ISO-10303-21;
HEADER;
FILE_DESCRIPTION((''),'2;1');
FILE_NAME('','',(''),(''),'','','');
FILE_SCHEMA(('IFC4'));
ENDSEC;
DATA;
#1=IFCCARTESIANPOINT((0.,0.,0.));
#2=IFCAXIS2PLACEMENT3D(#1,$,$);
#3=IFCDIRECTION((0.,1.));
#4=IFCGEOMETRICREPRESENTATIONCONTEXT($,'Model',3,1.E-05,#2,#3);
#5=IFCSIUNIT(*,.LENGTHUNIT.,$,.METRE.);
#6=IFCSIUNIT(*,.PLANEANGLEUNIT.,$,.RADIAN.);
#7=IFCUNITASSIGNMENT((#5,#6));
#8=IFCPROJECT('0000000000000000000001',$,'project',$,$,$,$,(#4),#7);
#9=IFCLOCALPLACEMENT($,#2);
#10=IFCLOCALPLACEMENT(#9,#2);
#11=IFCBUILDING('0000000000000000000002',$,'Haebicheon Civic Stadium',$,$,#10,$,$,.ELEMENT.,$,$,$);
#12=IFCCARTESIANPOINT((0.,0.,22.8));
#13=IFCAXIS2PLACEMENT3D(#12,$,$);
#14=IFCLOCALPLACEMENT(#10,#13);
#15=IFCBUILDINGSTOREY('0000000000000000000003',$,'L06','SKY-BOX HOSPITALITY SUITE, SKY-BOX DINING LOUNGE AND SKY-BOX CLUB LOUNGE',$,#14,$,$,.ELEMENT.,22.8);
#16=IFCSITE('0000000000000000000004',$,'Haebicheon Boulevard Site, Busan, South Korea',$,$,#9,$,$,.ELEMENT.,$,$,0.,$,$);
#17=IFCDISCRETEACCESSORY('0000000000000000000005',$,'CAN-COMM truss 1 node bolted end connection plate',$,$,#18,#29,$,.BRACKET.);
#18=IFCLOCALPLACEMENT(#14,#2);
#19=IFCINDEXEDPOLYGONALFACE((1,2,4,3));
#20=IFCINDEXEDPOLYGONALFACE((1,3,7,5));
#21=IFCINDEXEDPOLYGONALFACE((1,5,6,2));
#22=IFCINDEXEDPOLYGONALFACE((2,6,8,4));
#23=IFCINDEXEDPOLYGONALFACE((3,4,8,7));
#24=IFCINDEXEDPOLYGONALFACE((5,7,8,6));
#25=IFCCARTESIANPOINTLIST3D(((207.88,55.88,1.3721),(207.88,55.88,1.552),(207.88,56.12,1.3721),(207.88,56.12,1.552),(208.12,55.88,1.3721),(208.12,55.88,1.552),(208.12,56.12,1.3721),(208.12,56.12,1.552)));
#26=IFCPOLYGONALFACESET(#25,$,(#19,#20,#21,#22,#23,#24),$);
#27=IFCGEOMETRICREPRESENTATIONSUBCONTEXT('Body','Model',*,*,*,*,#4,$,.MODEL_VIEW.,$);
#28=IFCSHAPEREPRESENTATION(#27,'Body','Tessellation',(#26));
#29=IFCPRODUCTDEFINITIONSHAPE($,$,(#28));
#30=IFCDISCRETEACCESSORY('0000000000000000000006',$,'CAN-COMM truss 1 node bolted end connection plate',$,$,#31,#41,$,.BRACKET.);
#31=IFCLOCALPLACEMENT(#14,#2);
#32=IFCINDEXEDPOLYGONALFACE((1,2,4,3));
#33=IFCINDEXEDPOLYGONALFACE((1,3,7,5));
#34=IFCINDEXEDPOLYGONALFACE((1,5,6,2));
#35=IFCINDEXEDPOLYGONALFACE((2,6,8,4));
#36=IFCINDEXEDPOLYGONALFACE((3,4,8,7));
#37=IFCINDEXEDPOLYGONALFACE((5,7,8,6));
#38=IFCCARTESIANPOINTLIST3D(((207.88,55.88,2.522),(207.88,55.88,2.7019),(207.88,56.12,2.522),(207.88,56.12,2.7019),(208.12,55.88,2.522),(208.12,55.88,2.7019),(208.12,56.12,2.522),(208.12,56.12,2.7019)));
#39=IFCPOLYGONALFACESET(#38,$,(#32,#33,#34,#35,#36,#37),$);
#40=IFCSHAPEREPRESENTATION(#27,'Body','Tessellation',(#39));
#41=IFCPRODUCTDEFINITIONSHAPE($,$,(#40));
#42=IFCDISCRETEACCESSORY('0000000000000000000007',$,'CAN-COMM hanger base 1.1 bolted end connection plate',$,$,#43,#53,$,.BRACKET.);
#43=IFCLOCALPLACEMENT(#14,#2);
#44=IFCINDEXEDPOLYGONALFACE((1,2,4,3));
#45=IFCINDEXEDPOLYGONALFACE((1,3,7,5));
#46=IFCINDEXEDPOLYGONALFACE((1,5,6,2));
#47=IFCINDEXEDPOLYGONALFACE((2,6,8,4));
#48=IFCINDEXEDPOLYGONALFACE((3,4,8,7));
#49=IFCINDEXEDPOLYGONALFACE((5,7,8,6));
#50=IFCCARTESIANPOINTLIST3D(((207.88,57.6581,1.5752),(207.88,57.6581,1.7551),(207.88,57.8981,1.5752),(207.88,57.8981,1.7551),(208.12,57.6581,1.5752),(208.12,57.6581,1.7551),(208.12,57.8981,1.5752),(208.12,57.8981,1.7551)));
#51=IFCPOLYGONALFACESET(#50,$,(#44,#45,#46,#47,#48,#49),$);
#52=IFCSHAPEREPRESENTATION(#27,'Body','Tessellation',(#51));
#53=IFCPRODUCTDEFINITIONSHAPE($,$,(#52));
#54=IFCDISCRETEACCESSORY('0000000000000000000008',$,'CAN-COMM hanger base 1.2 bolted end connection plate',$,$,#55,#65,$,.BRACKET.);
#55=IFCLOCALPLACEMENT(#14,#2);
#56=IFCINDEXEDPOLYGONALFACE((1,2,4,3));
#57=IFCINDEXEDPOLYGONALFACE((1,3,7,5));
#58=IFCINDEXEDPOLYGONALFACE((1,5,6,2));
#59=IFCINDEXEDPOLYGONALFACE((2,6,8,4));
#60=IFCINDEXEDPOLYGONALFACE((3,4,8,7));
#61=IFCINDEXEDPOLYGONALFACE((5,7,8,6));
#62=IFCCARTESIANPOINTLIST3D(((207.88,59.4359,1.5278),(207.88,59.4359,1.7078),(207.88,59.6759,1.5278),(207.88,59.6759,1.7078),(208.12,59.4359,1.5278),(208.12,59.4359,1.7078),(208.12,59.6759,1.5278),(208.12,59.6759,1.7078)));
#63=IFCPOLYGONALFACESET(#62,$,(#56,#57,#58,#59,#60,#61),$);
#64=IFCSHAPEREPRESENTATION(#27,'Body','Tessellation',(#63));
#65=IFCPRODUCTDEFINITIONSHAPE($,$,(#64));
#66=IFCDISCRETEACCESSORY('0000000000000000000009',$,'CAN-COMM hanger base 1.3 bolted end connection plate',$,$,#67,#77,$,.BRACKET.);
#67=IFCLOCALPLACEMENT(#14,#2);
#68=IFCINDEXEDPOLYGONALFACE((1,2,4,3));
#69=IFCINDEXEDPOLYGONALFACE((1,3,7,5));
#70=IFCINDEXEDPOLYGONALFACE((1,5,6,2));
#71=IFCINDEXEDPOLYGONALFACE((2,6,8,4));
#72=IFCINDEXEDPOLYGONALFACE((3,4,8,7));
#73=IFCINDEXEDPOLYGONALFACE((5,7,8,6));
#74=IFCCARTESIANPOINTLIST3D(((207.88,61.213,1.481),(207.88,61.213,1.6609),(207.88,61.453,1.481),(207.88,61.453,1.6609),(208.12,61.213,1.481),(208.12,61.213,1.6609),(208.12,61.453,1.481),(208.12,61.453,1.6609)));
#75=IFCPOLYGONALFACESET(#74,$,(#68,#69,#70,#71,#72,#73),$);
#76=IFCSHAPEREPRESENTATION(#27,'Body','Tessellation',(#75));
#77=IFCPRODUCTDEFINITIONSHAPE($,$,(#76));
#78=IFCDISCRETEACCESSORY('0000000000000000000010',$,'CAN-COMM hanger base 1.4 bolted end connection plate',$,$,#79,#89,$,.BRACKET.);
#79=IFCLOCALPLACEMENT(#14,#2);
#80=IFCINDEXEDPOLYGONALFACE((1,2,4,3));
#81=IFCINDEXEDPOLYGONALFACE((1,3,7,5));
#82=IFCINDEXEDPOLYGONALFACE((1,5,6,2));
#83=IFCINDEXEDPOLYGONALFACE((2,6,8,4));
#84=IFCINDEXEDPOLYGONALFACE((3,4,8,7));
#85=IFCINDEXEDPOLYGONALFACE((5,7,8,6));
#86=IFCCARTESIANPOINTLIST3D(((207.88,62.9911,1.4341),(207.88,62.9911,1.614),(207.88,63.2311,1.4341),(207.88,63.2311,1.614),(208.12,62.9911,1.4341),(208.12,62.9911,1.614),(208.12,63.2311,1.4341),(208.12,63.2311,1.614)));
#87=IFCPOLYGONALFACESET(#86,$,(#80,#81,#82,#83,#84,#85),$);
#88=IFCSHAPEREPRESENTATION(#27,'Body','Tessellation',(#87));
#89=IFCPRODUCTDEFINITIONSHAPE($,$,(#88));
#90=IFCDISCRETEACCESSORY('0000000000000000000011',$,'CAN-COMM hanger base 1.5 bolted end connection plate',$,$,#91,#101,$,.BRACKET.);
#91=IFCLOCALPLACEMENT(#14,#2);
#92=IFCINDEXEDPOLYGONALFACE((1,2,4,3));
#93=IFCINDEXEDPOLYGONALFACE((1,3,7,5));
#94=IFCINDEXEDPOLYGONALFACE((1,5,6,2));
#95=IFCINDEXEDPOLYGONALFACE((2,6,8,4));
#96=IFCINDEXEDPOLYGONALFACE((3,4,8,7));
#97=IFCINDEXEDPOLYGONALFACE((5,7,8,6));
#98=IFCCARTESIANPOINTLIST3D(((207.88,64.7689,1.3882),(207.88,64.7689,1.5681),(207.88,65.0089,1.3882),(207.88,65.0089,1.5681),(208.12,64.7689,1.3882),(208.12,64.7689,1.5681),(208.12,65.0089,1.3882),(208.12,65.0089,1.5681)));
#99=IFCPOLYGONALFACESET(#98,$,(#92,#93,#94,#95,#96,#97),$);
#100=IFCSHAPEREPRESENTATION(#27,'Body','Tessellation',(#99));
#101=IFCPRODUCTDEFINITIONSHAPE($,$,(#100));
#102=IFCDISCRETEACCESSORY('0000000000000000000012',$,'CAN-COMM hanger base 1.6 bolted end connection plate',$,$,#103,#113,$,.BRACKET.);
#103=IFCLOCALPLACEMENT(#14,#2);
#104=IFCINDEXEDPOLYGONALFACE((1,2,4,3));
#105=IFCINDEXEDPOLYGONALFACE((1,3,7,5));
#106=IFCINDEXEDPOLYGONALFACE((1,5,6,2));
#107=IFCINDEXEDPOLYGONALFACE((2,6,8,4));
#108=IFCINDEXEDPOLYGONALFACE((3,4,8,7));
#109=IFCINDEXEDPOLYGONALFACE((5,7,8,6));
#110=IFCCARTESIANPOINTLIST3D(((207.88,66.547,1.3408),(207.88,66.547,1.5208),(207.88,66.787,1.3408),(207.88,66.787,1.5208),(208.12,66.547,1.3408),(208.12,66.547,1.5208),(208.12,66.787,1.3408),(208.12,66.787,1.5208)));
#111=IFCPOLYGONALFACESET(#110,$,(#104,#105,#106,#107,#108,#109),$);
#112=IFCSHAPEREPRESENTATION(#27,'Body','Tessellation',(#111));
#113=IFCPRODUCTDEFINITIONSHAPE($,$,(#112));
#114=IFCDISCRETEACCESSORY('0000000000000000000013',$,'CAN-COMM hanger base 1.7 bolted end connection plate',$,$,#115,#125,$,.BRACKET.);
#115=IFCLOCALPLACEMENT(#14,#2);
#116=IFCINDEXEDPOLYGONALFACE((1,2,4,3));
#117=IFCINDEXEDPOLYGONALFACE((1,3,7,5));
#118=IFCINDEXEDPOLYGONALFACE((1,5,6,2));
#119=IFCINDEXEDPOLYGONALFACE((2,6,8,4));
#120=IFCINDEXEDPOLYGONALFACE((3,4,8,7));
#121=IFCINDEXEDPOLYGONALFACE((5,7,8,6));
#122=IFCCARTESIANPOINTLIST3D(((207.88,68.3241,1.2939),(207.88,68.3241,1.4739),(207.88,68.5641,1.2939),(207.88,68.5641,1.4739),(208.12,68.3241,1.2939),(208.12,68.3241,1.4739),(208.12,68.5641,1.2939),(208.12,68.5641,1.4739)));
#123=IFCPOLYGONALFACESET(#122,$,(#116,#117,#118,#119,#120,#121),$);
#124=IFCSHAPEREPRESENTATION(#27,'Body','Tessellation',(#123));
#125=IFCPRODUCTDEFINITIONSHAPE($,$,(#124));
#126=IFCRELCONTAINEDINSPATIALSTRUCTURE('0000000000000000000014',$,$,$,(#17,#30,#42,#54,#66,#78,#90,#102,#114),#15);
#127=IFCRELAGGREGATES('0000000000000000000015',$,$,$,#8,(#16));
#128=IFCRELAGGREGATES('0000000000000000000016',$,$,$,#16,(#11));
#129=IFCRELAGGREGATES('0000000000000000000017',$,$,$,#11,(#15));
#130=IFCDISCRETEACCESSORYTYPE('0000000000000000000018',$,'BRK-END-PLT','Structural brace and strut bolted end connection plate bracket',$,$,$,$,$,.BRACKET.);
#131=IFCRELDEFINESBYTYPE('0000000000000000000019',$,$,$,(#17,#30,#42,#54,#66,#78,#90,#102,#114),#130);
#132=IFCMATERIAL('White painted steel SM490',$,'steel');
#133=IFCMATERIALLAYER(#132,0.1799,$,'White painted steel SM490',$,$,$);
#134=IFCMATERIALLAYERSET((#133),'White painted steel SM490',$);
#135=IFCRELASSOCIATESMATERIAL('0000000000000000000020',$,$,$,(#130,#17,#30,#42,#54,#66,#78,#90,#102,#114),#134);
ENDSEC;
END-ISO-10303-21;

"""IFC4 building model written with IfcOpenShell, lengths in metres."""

from ifc_helpers import new_model, si_unit, direction, frame, origin, origin_2d, place, context, subcontext, project, spatial, rectangle, extrude, material, layer, layer_set, type_object, element, save


model = new_model("IFC4")

# Units and contexts
model_context = context("Model", 3, precision=1e-05, world=origin(), true_north=direction((0.0, 1.0)))
body_context = subcontext(model_context, "Body", "Model", "MODEL_VIEW")
ifc_project = project(units=[si_unit("LENGTHUNIT", "METRE"), si_unit("PLANEANGLEUNIT", "RADIAN")], contexts=[model_context])

# Site, building, storey
site_placement = place(None, origin())
site = spatial("IfcSite", under=ifc_project, at=site_placement, Name="Haebicheon Boulevard Site, Busan, South Korea", CompositionType="ELEMENT", RefElevation=0.0)
building_placement = place(site_placement, origin())
building = spatial("IfcBuilding", under=site, at=building_placement, Name="Haebicheon Civic Stadium", CompositionType="ELEMENT")
storey_placement = place(building_placement, frame((0.0, 0.0, 22.8)))
storey = spatial("IfcBuildingStorey", under=building, at=storey_placement, Name="L06", Description="SKY-BOX HOSPITALITY SUITE, SKY-BOX DINING LOUNGE AND SKY-BOX CLUB LOUNGE", CompositionType="ELEMENT", Elevation=22.8)

# Discrete accessories
ifc_material_1 = material(Name="White painted steel SM490", Category="steel")
ifc_layer_1 = layer(ifc_material_1, 0.1799, Name="White painted steel SM490")
ifc_layer_set_1 = layer_set([ifc_layer_1], Name="White painted steel SM490")
discrete_accessory_type = type_object("IfcDiscreteAccessoryType", Name="BRK-END-PLT", Description="Structural brace and strut bolted end connection plate bracket", PredefinedType="BRACKET", material=ifc_layer_set_1)
for number, where, z_axis, x_axis, name in (
    (1, (208.0, 56.0, 1.3721), (0.0, 0.0, 1.0), (1.0, 0.0, 0.0), "CAN-COMM truss 1 node bolted end connection plate"),
    (2, (208.0, 56.0, 2.522), (0.0, 0.0, 1.0), (1.0, 0.0, 0.0), "CAN-COMM truss 1 node bolted end connection plate"),
    (3, (208.0, 57.7781, 1.5752), (0.0, 0.0, 1.0), (1.0, 0.0, 0.0), "CAN-COMM hanger base 1.1 bolted end connection plate"),
    (4, (208.0, 59.5559, 1.5278), (0.0, 0.0, 1.0), (1.0, 0.0, 0.0), "CAN-COMM hanger base 1.2 bolted end connection plate"),
    (5, (208.0, 61.333, 1.481), (0.0, 0.0, 1.0), (1.0, 0.0, 0.0), "CAN-COMM hanger base 1.3 bolted end connection plate"),
    (6, (208.0, 63.1111, 1.4341), (0.0, 0.0, 1.0), (1.0, 0.0, 0.0), "CAN-COMM hanger base 1.4 bolted end connection plate"),
    (7, (208.0, 64.8889, 1.3882), (0.0, 0.0, 1.0), (1.0, 0.0, 0.0), "CAN-COMM hanger base 1.5 bolted end connection plate"),
    (8, (208.0, 66.667, 1.3408), (0.0, 0.0, 1.0), (1.0, 0.0, 0.0), "CAN-COMM hanger base 1.6 bolted end connection plate"),
    (9, (208.0, 68.4441, 1.2939), (0.0, 0.0, 1.0), (1.0, 0.0, 0.0), "CAN-COMM hanger base 1.7 bolted end connection plate"),
):
    element("IfcDiscreteAccessory", number, at=place(storey_placement, frame(where, z_axis=z_axis, x_axis=x_axis)), inside=storey, type_object=discrete_accessory_type, material=ifc_layer_set_1, Name=name, PredefinedType="BRACKET", context=body_context, shape_type="SweptSolid", body=[
        extrude(rectangle(XDim=0.24, YDim=0.24, at=origin_2d()), origin(), (0.0, 0.0, 1.0), 0.1799),
    ])

save(model, "model.ifc")
